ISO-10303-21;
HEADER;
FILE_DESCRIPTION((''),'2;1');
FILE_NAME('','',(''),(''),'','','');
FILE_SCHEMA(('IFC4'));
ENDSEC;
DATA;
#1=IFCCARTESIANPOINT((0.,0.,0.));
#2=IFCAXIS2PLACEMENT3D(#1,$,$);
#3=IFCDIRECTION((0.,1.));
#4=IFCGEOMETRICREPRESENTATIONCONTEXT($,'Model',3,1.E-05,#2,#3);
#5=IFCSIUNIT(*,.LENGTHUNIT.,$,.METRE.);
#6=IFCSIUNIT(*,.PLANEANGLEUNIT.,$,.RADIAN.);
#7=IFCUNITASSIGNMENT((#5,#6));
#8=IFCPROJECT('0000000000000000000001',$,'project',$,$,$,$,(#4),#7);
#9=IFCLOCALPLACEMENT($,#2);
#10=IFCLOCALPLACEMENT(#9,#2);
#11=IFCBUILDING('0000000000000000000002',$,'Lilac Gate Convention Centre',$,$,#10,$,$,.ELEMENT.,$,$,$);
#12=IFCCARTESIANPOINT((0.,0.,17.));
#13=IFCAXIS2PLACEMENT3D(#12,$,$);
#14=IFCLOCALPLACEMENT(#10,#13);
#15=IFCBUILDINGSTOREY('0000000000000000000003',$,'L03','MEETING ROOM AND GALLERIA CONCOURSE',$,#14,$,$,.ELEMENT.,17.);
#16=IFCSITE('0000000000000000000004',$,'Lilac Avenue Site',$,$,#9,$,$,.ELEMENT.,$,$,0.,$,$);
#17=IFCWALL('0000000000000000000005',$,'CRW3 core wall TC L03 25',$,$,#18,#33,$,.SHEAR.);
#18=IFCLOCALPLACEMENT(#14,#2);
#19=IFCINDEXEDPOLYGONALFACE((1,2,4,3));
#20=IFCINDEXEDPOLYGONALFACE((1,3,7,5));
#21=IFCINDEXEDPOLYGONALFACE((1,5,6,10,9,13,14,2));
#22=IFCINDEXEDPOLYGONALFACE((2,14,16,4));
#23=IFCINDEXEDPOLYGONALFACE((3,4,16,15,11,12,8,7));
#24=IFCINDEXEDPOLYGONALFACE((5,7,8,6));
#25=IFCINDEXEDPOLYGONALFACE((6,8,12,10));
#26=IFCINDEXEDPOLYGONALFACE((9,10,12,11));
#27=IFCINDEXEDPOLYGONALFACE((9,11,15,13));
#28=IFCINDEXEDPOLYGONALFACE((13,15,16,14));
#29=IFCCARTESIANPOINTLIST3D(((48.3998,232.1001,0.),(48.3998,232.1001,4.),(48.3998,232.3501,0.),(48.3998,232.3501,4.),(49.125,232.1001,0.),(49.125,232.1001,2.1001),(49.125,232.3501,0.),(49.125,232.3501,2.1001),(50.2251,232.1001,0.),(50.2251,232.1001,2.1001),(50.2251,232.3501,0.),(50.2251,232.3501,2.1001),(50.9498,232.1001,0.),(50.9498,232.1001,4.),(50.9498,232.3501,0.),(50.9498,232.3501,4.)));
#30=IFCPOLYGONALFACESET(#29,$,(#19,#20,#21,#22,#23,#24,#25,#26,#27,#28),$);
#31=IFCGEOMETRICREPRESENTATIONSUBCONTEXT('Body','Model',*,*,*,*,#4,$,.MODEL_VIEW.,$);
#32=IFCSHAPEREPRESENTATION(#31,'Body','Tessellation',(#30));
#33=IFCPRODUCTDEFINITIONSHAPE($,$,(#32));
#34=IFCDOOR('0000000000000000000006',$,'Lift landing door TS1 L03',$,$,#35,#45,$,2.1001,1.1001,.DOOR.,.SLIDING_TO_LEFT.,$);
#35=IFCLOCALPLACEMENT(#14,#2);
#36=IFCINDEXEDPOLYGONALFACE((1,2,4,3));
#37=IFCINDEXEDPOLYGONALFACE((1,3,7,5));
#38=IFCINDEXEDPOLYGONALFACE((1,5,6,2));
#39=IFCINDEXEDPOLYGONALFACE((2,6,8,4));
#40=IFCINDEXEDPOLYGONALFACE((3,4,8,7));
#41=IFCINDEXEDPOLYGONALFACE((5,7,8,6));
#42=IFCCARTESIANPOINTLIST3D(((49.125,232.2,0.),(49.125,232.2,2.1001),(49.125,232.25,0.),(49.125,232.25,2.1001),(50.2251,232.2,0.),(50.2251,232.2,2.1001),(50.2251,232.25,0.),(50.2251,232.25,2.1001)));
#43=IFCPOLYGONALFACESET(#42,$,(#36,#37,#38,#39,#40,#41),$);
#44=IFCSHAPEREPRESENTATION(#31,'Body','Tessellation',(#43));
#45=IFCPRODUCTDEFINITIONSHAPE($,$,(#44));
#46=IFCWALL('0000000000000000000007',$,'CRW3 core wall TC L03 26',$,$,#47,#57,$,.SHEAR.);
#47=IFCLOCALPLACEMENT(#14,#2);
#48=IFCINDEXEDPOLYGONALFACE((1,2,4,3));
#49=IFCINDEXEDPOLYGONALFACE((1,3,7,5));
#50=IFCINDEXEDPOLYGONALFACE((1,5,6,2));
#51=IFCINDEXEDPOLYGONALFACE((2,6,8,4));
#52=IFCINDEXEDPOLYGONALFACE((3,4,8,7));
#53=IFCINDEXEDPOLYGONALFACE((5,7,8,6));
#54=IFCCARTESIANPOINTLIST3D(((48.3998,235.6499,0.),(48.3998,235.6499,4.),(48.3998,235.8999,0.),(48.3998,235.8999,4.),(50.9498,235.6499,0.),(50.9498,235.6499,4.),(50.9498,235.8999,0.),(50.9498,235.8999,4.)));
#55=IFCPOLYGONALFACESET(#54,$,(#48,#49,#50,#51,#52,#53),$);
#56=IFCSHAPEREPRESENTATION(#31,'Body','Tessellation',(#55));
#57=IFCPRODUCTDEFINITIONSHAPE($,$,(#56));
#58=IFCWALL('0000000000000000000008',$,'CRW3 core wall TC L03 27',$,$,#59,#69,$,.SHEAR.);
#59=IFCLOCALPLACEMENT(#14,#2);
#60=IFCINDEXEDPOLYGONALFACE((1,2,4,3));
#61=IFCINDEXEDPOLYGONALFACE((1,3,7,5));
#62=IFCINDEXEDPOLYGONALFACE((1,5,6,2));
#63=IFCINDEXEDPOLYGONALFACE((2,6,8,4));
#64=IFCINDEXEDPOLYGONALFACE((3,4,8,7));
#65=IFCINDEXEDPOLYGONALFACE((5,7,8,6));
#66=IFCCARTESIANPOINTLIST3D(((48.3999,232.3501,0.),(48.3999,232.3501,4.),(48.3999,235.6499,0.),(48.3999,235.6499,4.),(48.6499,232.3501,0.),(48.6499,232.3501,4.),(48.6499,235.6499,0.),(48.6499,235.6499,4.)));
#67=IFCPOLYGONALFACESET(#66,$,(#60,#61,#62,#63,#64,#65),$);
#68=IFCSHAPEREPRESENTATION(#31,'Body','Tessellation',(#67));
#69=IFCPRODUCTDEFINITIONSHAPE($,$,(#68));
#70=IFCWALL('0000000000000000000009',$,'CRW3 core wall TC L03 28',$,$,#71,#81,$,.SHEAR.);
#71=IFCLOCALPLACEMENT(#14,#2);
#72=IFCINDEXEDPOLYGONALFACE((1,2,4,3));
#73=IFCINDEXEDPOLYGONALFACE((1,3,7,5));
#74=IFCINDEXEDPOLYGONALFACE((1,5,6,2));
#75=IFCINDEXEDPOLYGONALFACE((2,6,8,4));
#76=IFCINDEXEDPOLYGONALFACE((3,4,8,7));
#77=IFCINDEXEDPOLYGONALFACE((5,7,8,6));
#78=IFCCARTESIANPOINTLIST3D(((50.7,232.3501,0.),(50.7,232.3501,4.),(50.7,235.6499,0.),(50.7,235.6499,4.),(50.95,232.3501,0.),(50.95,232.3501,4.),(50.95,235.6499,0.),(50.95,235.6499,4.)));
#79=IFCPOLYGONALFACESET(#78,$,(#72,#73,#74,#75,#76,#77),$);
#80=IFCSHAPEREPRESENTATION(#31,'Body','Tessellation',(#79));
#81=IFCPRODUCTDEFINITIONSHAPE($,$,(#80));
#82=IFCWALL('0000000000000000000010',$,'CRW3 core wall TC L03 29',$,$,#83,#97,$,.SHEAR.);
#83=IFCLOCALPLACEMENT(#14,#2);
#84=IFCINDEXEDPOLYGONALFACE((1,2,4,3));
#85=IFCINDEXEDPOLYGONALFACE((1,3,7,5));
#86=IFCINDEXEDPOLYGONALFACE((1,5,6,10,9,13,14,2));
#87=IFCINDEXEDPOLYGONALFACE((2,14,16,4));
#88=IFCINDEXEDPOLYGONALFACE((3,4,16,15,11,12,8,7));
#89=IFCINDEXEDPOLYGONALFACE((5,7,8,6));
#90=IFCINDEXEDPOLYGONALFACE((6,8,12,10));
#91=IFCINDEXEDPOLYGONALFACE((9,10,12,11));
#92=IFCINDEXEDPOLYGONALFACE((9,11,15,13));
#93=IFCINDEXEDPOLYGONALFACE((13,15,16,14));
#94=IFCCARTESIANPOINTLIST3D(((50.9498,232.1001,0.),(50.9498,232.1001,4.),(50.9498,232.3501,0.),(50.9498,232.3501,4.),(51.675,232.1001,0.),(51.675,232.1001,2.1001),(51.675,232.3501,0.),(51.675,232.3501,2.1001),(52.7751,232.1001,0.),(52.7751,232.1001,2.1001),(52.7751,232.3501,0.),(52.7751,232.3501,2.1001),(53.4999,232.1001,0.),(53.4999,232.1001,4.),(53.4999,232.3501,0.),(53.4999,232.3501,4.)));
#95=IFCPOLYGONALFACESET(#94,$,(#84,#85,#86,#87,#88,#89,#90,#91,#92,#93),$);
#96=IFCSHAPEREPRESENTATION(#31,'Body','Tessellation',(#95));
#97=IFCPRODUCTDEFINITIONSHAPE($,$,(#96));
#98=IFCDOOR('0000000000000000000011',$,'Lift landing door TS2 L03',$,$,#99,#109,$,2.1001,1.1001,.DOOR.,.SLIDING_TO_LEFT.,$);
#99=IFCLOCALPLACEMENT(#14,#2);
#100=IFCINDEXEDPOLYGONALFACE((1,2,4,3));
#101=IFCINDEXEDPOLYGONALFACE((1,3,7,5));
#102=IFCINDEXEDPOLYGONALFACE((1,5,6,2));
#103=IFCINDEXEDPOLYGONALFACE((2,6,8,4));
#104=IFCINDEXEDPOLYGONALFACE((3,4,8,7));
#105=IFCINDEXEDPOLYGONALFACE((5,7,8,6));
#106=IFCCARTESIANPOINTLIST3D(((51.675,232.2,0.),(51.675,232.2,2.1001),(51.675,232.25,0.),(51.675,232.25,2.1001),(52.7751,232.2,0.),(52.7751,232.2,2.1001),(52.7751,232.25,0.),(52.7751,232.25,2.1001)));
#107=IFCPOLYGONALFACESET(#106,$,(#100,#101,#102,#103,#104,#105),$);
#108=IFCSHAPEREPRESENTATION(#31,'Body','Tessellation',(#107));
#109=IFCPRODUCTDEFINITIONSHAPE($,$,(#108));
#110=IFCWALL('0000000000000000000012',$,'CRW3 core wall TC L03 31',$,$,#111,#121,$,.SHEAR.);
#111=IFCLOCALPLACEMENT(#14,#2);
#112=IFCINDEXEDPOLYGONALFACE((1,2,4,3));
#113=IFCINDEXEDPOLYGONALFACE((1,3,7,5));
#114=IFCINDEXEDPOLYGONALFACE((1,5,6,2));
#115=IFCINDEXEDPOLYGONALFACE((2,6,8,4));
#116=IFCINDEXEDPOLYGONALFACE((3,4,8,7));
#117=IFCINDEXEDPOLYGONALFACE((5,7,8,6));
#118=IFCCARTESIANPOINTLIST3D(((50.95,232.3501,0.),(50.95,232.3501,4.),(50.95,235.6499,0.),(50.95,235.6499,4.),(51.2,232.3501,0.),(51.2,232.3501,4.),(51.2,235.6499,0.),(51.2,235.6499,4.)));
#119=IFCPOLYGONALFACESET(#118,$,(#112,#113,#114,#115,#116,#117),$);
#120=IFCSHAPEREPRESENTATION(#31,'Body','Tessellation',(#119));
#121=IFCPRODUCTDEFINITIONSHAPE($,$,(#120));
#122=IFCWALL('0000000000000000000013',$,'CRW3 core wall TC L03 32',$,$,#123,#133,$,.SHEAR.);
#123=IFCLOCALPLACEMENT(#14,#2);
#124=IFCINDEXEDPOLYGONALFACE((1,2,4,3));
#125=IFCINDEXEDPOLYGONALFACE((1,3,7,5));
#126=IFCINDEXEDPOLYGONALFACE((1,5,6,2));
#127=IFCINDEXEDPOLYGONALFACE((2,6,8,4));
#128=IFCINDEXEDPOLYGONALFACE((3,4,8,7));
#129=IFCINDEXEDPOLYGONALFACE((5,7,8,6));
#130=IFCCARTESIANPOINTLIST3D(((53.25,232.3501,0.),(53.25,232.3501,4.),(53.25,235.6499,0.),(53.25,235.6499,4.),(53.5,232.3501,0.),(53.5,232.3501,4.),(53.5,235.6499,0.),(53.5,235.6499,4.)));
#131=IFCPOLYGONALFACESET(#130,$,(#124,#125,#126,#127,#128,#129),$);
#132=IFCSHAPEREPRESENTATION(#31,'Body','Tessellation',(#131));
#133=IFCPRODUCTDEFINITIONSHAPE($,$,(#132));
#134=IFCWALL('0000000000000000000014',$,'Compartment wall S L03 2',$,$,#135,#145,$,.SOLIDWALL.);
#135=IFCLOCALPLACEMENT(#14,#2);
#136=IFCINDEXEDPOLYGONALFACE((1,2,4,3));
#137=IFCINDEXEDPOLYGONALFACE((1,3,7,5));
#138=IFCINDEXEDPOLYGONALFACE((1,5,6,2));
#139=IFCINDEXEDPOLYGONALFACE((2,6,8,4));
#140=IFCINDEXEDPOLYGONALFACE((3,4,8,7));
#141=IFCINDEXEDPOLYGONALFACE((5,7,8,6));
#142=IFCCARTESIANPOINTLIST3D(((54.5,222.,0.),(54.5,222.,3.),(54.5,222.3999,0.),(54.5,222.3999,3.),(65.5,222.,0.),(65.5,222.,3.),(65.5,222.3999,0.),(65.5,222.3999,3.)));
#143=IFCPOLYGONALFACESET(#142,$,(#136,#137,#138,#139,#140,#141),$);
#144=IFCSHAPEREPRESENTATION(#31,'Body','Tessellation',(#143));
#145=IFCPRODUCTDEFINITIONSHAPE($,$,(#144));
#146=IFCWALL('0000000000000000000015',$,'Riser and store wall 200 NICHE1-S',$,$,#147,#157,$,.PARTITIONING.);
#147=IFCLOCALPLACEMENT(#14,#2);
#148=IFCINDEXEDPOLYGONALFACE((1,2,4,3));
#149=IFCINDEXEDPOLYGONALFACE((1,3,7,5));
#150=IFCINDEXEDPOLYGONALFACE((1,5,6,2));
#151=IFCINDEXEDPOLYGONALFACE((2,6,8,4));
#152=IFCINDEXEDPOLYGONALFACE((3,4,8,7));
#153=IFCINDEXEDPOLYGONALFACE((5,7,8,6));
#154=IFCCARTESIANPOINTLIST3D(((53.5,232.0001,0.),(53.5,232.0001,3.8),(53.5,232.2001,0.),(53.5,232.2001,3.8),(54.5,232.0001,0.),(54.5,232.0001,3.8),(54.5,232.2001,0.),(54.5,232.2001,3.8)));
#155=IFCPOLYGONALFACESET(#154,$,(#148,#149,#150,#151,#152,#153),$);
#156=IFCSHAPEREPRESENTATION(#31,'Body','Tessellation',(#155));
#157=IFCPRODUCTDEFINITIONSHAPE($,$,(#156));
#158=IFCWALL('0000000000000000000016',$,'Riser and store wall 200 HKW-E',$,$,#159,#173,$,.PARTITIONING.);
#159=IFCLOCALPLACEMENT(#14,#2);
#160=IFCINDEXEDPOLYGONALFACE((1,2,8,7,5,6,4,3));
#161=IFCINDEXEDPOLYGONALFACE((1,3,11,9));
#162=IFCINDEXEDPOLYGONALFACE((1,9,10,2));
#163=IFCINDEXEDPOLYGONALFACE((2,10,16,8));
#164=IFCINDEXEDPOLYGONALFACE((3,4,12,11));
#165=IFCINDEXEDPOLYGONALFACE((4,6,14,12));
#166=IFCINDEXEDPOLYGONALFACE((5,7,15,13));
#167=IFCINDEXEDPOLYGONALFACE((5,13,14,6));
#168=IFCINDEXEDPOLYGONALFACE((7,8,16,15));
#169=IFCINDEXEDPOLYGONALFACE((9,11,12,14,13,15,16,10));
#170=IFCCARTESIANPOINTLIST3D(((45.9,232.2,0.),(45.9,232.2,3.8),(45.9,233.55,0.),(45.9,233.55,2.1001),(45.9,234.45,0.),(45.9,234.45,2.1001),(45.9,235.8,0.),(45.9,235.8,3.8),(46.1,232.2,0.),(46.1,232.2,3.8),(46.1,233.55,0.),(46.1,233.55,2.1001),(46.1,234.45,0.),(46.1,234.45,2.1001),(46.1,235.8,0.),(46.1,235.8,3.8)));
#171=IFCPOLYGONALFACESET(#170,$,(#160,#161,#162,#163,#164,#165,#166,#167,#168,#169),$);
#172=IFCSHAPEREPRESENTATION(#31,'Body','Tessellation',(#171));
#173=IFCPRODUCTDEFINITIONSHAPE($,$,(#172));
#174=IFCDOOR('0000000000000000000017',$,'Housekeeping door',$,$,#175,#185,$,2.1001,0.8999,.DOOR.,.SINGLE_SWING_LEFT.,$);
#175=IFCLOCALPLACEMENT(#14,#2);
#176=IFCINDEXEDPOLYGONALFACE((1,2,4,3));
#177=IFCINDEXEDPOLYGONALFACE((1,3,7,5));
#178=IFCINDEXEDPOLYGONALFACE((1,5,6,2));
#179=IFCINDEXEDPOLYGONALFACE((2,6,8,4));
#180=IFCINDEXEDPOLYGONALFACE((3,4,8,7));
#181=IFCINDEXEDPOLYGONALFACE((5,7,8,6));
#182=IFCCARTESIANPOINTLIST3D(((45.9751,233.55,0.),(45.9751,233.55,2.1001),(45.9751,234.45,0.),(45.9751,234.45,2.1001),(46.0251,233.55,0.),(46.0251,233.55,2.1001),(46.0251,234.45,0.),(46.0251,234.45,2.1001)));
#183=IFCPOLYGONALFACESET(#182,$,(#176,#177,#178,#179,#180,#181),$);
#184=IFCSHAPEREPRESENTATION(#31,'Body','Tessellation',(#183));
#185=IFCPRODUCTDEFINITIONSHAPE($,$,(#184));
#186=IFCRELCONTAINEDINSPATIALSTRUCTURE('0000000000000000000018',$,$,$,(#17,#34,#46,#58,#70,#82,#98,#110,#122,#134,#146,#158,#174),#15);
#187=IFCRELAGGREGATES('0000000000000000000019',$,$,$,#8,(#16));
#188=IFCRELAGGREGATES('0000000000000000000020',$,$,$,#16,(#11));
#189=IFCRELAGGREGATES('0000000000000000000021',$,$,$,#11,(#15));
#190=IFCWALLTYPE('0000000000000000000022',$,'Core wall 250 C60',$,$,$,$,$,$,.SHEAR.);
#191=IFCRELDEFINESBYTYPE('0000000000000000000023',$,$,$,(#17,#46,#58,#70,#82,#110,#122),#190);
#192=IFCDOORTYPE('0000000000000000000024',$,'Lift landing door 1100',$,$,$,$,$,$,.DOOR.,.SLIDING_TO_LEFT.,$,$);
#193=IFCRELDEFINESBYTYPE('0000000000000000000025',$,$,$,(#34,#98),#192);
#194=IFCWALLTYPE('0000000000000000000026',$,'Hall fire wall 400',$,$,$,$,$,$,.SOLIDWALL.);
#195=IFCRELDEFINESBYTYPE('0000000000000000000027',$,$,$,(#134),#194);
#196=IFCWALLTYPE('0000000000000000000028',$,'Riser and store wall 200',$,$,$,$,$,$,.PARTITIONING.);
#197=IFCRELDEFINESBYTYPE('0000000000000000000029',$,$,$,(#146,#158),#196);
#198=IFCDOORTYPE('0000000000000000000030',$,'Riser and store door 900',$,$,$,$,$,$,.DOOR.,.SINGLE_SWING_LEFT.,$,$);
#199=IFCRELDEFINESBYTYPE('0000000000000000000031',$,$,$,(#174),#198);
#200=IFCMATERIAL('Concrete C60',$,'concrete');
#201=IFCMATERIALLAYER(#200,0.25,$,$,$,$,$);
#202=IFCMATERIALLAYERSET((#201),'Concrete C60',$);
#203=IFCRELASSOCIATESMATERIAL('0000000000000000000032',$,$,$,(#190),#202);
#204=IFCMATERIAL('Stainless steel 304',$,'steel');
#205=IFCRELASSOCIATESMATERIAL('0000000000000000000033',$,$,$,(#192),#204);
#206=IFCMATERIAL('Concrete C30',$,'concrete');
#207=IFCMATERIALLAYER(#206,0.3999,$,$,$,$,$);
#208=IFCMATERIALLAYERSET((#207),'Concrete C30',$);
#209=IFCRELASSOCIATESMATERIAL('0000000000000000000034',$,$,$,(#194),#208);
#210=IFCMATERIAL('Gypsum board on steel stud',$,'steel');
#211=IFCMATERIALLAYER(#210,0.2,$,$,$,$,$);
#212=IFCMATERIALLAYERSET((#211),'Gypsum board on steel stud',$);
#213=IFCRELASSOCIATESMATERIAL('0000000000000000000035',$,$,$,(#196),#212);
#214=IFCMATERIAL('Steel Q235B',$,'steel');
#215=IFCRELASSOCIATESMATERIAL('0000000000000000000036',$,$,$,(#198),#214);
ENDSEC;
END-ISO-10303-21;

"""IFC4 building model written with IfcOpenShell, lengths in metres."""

from ifc_helpers import new_model, si_unit, direction, frame, frame_2d, origin, place, context, subcontext, project, spatial, rectangle, extrude, material, layer, layer_set, type_object, element, fill, save


model = new_model("IFC4")

# Units and contexts
model_context = context("Model", 3, precision=1e-05, world=origin(), true_north=direction((0.0, 1.0)))
body_context = subcontext(model_context, "Body", "Model", "MODEL_VIEW")
ifc_project = project(units=[si_unit("LENGTHUNIT", "METRE"), si_unit("PLANEANGLEUNIT", "RADIAN")], contexts=[model_context])

# Site, building, storey
site_placement = place(None, origin())
site = spatial("IfcSite", under=ifc_project, at=site_placement, Name="Lilac Avenue Site", CompositionType="ELEMENT", RefElevation=0.0)
building_placement = place(site_placement, origin())
building = spatial("IfcBuilding", under=site, at=building_placement, Name="Lilac Gate Convention Centre", CompositionType="ELEMENT")
storey_placement = place(building_placement, frame((0.0, 0.0, 17.0)))
storey = spatial("IfcBuildingStorey", under=building, at=storey_placement, Name="L03", Description="MEETING ROOM AND GALLERIA CONCOURSE", CompositionType="ELEMENT", Elevation=17.0)

# Shared definitions
ifc_material_1 = material(Name="Concrete C60", Category="concrete")
ifc_layer_1 = layer(ifc_material_1, 0.25)
ifc_layer_set_1 = layer_set([ifc_layer_1], Name="Concrete C60")
wall_type_1 = type_object("IfcWallType", Name="Core wall 250 C60", PredefinedType="SHEAR", material=ifc_layer_set_1)
ifc_material_2 = material(Name="Stainless steel 304", Category="steel")
door_type_1 = type_object("IfcDoorType", Name="Lift landing door 1100", OperationType="SLIDING_TO_LEFT", PredefinedType="DOOR", material=ifc_material_2)

# Wall, opening, door
wall_1_placement = place(storey_placement, frame((48.3999, 232.2251, 0.0), z_axis=(0.0, 0.0, 1.0), x_axis=(1.0, 0.0, 0.0)))
wall_1 = element("IfcWall", 1, at=wall_1_placement, inside=storey, type_object=wall_type_1, Name="CRW3 core wall TC L03 25", PredefinedType="SHEAR", context=body_context, shape_type="SweptSolid", body=[
    extrude(rectangle(XDim=2.55, YDim=0.25, at=frame_2d((1.2749, 0.0))), origin(), (0.0, 0.0, 1.0), 4.0),
])
opening_1_placement = place(wall_1_placement, frame((0.7251, 0.0, 0.0)))
opening_1 = element("IfcOpeningElement", 2, at=opening_1_placement, cuts=wall_1, PredefinedType="OPENING", context=body_context, shape_type="SweptSolid", body=[
    extrude(rectangle(XDim=1.1001, YDim=2.1001, at=frame_2d((0.55, 1.05))), frame((0.0, 0.135, 0.0), z_axis=(0.0, -1.0, 0.0), x_axis=(1.0, 0.0, 0.0)), (0.0, 0.0, 1.0), 0.27),
])
door_1_placement = place(opening_1_placement, origin())
door_1 = element("IfcDoor", 3, at=door_1_placement, inside=storey, type_object=door_type_1, Name="Lift landing door TS1 L03", OperationType="SLIDING_TO_LEFT", OverallHeight=2.1001, OverallWidth=1.1001, PredefinedType="DOOR", context=body_context, shape_type="SweptSolid", body=[
    extrude(rectangle(XDim=1.1001, YDim=2.1001, at=frame_2d((0.55, 1.05))), frame((0.0, 0.0249, 0.0), z_axis=(0.0, -1.0, 0.0), x_axis=(1.0, 0.0, 0.0)), (0.0, 0.0, 1.0), 0.05),
])
fill(opening_1, door_1)

# Walls
wall_2_placement = place(storey_placement, frame((48.3999, 235.7749, 0.0), z_axis=(0.0, 0.0, 1.0), x_axis=(1.0, 0.0, 0.0)))
element("IfcWall", 4, at=wall_2_placement, inside=storey, type_object=wall_type_1, Name="CRW3 core wall TC L03 26", PredefinedType="SHEAR", context=body_context, shape_type="SweptSolid", body=[
    extrude(rectangle(XDim=2.55, YDim=0.25, at=frame_2d((1.2749, 0.0))), origin(), (0.0, 0.0, 1.0), 4.0),
])
for number, where, z_axis, x_axis, name in (
    (5, (48.5249, 232.3501, 0.0), (0.0, 0.0, 1.0), (0.0, 1.0, 0.0), "CRW3 core wall TC L03 27"),
    (6, (50.825, 232.3501, 0.0), (0.0, 0.0, 1.0), (0.0, 1.0, 0.0), "CRW3 core wall TC L03 28"),
):
    element("IfcWall", number, at=place(storey_placement, frame(where, z_axis=z_axis, x_axis=x_axis)), inside=storey, type_object=wall_type_1, Name=name, PredefinedType="SHEAR", context=body_context, shape_type="SweptSolid", body=[
        extrude(rectangle(XDim=3.2998, YDim=0.25, at=frame_2d((1.6499, 0.0))), origin(), (0.0, 0.0, 1.0), 4.0),
    ])

# Wall, opening, door
wall_3_placement = place(storey_placement, frame((50.95, 232.2251, 0.0), z_axis=(0.0, 0.0, 1.0), x_axis=(1.0, 0.0, 0.0)))
wall_3 = element("IfcWall", 7, at=wall_3_placement, inside=storey, type_object=wall_type_1, Name="CRW3 core wall TC L03 29", PredefinedType="SHEAR", context=body_context, shape_type="SweptSolid", body=[
    extrude(rectangle(XDim=2.55, YDim=0.25, at=frame_2d((1.2749, 0.0))), origin(), (0.0, 0.0, 1.0), 4.0),
])
opening_2_placement = place(wall_3_placement, frame((0.7251, 0.0, 0.0)))
opening_2 = element("IfcOpeningElement", 8, at=opening_2_placement, cuts=wall_3, PredefinedType="OPENING", context=body_context, shape_type="SweptSolid", body=[
    extrude(rectangle(XDim=1.1001, YDim=2.1001, at=frame_2d((0.55, 1.05))), frame((0.0, 0.135, 0.0), z_axis=(0.0, -1.0, 0.0), x_axis=(1.0, 0.0, 0.0)), (0.0, 0.0, 1.0), 0.27),
])
door_2_placement = place(opening_2_placement, origin())
door_2 = element("IfcDoor", 9, at=door_2_placement, inside=storey, type_object=door_type_1, Name="Lift landing door TS2 L03", OperationType="SLIDING_TO_LEFT", OverallHeight=2.1001, OverallWidth=1.1001, PredefinedType="DOOR", context=body_context, shape_type="SweptSolid", body=[
    extrude(rectangle(XDim=1.1001, YDim=2.1001, at=frame_2d((0.55, 1.05))), frame((0.0, 0.0249, 0.0), z_axis=(0.0, -1.0, 0.0), x_axis=(1.0, 0.0, 0.0)), (0.0, 0.0, 1.0), 0.05),
])
fill(opening_2, door_2)

# Walls
for number, where, z_axis, x_axis, name in (
    (10, (51.075, 232.3501, 0.0), (0.0, 0.0, 1.0), (0.0, 1.0, 0.0), "CRW3 core wall TC L03 31"),
    (11, (53.375, 232.3501, 0.0), (0.0, 0.0, 1.0), (0.0, 1.0, 0.0), "CRW3 core wall TC L03 32"),
):
    element("IfcWall", number, at=place(storey_placement, frame(where, z_axis=z_axis, x_axis=x_axis)), inside=storey, type_object=wall_type_1, Name=name, PredefinedType="SHEAR", context=body_context, shape_type="SweptSolid", body=[
        extrude(rectangle(XDim=3.2998, YDim=0.25, at=frame_2d((1.6499, 0.0))), origin(), (0.0, 0.0, 1.0), 4.0),
    ])
ifc_material_3 = material(Name="Concrete C30", Category="concrete")
ifc_layer_2 = layer(ifc_material_3, 0.3999)
ifc_layer_set_2 = layer_set([ifc_layer_2], Name="Concrete C30")
wall_type_2 = type_object("IfcWallType", Name="Hall fire wall 400", PredefinedType="SOLIDWALL", material=ifc_layer_set_2)
wall_4_placement = place(storey_placement, frame((54.5, 222.2, 0.0), z_axis=(0.0, 0.0, 1.0), x_axis=(1.0, 0.0, 0.0)))
element("IfcWall", 12, at=wall_4_placement, inside=storey, type_object=wall_type_2, Name="Compartment wall S L03 2", PredefinedType="SOLIDWALL", context=body_context, shape_type="SweptSolid", body=[
    extrude(rectangle(XDim=11.0, YDim=0.3999, at=frame_2d((5.5, 0.0))), origin(), (0.0, 0.0, 1.0), 3.0),
])
ifc_material_4 = material(Name="Gypsum board on steel stud", Category="steel")
ifc_layer_3 = layer(ifc_material_4, 0.2)
ifc_layer_set_3 = layer_set([ifc_layer_3], Name="Gypsum board on steel stud")
wall_type_3 = type_object("IfcWallType", Name="Riser and store wall 200", PredefinedType="PARTITIONING", material=ifc_layer_set_3)
wall_5_placement = place(storey_placement, frame((53.5, 232.1001, 0.0), z_axis=(0.0, 0.0, 1.0), x_axis=(1.0, 0.0, 0.0)))
element("IfcWall", 13, at=wall_5_placement, inside=storey, type_object=wall_type_3, Name="Riser and store wall 200 NICHE1-S", PredefinedType="PARTITIONING", context=body_context, shape_type="SweptSolid", body=[
    extrude(rectangle(XDim=1.0, YDim=0.2, at=frame_2d((0.5, 0.0))), origin(), (0.0, 0.0, 1.0), 3.8),
])

# Wall, opening, door
wall_6_placement = place(storey_placement, frame((46.0, 232.2, 0.0), z_axis=(0.0, 0.0, 1.0), x_axis=(0.0, 1.0, 0.0)))
wall_6 = element("IfcWall", 14, at=wall_6_placement, inside=storey, type_object=wall_type_3, Name="Riser and store wall 200 HKW-E", PredefinedType="PARTITIONING", context=body_context, shape_type="SweptSolid", body=[
    extrude(rectangle(XDim=3.6001, YDim=0.2, at=frame_2d((1.8, 0.0))), origin(), (0.0, 0.0, 1.0), 3.8),
])
opening_3_placement = place(wall_6_placement, frame((1.3501, 0.0, 0.0)))
opening_3 = element("IfcOpeningElement", 15, at=opening_3_placement, cuts=wall_6, PredefinedType="OPENING", context=body_context, shape_type="SweptSolid", body=[
    extrude(rectangle(XDim=0.8999, YDim=2.1001, at=frame_2d((0.45, 1.05))), frame((0.0, 0.1099, 0.0), z_axis=(0.0, -1.0, 0.0), x_axis=(1.0, 0.0, 0.0)), (0.0, 0.0, 1.0), 0.22),
])
ifc_material_5 = material(Name="Steel Q235B", Category="steel")
door_type_2 = type_object("IfcDoorType", Name="Riser and store door 900", OperationType="SINGLE_SWING_LEFT", PredefinedType="DOOR", material=ifc_material_5)
door_3_placement = place(opening_3_placement, origin())
door_3 = element("IfcDoor", 16, at=door_3_placement, inside=storey, type_object=door_type_2, Name="Housekeeping door", OperationType="SINGLE_SWING_LEFT", OverallHeight=2.1001, OverallWidth=0.8999, PredefinedType="DOOR", context=body_context, shape_type="SweptSolid", body=[
    extrude(rectangle(XDim=0.8999, YDim=2.1001, at=frame_2d((0.45, 1.05))), frame((0.0, 0.0249, 0.0), z_axis=(0.0, -1.0, 0.0), x_axis=(1.0, 0.0, 0.0)), (0.0, 0.0, 1.0), 0.05),
])
fill(opening_3, door_3)

save(model, "model.ifc")
